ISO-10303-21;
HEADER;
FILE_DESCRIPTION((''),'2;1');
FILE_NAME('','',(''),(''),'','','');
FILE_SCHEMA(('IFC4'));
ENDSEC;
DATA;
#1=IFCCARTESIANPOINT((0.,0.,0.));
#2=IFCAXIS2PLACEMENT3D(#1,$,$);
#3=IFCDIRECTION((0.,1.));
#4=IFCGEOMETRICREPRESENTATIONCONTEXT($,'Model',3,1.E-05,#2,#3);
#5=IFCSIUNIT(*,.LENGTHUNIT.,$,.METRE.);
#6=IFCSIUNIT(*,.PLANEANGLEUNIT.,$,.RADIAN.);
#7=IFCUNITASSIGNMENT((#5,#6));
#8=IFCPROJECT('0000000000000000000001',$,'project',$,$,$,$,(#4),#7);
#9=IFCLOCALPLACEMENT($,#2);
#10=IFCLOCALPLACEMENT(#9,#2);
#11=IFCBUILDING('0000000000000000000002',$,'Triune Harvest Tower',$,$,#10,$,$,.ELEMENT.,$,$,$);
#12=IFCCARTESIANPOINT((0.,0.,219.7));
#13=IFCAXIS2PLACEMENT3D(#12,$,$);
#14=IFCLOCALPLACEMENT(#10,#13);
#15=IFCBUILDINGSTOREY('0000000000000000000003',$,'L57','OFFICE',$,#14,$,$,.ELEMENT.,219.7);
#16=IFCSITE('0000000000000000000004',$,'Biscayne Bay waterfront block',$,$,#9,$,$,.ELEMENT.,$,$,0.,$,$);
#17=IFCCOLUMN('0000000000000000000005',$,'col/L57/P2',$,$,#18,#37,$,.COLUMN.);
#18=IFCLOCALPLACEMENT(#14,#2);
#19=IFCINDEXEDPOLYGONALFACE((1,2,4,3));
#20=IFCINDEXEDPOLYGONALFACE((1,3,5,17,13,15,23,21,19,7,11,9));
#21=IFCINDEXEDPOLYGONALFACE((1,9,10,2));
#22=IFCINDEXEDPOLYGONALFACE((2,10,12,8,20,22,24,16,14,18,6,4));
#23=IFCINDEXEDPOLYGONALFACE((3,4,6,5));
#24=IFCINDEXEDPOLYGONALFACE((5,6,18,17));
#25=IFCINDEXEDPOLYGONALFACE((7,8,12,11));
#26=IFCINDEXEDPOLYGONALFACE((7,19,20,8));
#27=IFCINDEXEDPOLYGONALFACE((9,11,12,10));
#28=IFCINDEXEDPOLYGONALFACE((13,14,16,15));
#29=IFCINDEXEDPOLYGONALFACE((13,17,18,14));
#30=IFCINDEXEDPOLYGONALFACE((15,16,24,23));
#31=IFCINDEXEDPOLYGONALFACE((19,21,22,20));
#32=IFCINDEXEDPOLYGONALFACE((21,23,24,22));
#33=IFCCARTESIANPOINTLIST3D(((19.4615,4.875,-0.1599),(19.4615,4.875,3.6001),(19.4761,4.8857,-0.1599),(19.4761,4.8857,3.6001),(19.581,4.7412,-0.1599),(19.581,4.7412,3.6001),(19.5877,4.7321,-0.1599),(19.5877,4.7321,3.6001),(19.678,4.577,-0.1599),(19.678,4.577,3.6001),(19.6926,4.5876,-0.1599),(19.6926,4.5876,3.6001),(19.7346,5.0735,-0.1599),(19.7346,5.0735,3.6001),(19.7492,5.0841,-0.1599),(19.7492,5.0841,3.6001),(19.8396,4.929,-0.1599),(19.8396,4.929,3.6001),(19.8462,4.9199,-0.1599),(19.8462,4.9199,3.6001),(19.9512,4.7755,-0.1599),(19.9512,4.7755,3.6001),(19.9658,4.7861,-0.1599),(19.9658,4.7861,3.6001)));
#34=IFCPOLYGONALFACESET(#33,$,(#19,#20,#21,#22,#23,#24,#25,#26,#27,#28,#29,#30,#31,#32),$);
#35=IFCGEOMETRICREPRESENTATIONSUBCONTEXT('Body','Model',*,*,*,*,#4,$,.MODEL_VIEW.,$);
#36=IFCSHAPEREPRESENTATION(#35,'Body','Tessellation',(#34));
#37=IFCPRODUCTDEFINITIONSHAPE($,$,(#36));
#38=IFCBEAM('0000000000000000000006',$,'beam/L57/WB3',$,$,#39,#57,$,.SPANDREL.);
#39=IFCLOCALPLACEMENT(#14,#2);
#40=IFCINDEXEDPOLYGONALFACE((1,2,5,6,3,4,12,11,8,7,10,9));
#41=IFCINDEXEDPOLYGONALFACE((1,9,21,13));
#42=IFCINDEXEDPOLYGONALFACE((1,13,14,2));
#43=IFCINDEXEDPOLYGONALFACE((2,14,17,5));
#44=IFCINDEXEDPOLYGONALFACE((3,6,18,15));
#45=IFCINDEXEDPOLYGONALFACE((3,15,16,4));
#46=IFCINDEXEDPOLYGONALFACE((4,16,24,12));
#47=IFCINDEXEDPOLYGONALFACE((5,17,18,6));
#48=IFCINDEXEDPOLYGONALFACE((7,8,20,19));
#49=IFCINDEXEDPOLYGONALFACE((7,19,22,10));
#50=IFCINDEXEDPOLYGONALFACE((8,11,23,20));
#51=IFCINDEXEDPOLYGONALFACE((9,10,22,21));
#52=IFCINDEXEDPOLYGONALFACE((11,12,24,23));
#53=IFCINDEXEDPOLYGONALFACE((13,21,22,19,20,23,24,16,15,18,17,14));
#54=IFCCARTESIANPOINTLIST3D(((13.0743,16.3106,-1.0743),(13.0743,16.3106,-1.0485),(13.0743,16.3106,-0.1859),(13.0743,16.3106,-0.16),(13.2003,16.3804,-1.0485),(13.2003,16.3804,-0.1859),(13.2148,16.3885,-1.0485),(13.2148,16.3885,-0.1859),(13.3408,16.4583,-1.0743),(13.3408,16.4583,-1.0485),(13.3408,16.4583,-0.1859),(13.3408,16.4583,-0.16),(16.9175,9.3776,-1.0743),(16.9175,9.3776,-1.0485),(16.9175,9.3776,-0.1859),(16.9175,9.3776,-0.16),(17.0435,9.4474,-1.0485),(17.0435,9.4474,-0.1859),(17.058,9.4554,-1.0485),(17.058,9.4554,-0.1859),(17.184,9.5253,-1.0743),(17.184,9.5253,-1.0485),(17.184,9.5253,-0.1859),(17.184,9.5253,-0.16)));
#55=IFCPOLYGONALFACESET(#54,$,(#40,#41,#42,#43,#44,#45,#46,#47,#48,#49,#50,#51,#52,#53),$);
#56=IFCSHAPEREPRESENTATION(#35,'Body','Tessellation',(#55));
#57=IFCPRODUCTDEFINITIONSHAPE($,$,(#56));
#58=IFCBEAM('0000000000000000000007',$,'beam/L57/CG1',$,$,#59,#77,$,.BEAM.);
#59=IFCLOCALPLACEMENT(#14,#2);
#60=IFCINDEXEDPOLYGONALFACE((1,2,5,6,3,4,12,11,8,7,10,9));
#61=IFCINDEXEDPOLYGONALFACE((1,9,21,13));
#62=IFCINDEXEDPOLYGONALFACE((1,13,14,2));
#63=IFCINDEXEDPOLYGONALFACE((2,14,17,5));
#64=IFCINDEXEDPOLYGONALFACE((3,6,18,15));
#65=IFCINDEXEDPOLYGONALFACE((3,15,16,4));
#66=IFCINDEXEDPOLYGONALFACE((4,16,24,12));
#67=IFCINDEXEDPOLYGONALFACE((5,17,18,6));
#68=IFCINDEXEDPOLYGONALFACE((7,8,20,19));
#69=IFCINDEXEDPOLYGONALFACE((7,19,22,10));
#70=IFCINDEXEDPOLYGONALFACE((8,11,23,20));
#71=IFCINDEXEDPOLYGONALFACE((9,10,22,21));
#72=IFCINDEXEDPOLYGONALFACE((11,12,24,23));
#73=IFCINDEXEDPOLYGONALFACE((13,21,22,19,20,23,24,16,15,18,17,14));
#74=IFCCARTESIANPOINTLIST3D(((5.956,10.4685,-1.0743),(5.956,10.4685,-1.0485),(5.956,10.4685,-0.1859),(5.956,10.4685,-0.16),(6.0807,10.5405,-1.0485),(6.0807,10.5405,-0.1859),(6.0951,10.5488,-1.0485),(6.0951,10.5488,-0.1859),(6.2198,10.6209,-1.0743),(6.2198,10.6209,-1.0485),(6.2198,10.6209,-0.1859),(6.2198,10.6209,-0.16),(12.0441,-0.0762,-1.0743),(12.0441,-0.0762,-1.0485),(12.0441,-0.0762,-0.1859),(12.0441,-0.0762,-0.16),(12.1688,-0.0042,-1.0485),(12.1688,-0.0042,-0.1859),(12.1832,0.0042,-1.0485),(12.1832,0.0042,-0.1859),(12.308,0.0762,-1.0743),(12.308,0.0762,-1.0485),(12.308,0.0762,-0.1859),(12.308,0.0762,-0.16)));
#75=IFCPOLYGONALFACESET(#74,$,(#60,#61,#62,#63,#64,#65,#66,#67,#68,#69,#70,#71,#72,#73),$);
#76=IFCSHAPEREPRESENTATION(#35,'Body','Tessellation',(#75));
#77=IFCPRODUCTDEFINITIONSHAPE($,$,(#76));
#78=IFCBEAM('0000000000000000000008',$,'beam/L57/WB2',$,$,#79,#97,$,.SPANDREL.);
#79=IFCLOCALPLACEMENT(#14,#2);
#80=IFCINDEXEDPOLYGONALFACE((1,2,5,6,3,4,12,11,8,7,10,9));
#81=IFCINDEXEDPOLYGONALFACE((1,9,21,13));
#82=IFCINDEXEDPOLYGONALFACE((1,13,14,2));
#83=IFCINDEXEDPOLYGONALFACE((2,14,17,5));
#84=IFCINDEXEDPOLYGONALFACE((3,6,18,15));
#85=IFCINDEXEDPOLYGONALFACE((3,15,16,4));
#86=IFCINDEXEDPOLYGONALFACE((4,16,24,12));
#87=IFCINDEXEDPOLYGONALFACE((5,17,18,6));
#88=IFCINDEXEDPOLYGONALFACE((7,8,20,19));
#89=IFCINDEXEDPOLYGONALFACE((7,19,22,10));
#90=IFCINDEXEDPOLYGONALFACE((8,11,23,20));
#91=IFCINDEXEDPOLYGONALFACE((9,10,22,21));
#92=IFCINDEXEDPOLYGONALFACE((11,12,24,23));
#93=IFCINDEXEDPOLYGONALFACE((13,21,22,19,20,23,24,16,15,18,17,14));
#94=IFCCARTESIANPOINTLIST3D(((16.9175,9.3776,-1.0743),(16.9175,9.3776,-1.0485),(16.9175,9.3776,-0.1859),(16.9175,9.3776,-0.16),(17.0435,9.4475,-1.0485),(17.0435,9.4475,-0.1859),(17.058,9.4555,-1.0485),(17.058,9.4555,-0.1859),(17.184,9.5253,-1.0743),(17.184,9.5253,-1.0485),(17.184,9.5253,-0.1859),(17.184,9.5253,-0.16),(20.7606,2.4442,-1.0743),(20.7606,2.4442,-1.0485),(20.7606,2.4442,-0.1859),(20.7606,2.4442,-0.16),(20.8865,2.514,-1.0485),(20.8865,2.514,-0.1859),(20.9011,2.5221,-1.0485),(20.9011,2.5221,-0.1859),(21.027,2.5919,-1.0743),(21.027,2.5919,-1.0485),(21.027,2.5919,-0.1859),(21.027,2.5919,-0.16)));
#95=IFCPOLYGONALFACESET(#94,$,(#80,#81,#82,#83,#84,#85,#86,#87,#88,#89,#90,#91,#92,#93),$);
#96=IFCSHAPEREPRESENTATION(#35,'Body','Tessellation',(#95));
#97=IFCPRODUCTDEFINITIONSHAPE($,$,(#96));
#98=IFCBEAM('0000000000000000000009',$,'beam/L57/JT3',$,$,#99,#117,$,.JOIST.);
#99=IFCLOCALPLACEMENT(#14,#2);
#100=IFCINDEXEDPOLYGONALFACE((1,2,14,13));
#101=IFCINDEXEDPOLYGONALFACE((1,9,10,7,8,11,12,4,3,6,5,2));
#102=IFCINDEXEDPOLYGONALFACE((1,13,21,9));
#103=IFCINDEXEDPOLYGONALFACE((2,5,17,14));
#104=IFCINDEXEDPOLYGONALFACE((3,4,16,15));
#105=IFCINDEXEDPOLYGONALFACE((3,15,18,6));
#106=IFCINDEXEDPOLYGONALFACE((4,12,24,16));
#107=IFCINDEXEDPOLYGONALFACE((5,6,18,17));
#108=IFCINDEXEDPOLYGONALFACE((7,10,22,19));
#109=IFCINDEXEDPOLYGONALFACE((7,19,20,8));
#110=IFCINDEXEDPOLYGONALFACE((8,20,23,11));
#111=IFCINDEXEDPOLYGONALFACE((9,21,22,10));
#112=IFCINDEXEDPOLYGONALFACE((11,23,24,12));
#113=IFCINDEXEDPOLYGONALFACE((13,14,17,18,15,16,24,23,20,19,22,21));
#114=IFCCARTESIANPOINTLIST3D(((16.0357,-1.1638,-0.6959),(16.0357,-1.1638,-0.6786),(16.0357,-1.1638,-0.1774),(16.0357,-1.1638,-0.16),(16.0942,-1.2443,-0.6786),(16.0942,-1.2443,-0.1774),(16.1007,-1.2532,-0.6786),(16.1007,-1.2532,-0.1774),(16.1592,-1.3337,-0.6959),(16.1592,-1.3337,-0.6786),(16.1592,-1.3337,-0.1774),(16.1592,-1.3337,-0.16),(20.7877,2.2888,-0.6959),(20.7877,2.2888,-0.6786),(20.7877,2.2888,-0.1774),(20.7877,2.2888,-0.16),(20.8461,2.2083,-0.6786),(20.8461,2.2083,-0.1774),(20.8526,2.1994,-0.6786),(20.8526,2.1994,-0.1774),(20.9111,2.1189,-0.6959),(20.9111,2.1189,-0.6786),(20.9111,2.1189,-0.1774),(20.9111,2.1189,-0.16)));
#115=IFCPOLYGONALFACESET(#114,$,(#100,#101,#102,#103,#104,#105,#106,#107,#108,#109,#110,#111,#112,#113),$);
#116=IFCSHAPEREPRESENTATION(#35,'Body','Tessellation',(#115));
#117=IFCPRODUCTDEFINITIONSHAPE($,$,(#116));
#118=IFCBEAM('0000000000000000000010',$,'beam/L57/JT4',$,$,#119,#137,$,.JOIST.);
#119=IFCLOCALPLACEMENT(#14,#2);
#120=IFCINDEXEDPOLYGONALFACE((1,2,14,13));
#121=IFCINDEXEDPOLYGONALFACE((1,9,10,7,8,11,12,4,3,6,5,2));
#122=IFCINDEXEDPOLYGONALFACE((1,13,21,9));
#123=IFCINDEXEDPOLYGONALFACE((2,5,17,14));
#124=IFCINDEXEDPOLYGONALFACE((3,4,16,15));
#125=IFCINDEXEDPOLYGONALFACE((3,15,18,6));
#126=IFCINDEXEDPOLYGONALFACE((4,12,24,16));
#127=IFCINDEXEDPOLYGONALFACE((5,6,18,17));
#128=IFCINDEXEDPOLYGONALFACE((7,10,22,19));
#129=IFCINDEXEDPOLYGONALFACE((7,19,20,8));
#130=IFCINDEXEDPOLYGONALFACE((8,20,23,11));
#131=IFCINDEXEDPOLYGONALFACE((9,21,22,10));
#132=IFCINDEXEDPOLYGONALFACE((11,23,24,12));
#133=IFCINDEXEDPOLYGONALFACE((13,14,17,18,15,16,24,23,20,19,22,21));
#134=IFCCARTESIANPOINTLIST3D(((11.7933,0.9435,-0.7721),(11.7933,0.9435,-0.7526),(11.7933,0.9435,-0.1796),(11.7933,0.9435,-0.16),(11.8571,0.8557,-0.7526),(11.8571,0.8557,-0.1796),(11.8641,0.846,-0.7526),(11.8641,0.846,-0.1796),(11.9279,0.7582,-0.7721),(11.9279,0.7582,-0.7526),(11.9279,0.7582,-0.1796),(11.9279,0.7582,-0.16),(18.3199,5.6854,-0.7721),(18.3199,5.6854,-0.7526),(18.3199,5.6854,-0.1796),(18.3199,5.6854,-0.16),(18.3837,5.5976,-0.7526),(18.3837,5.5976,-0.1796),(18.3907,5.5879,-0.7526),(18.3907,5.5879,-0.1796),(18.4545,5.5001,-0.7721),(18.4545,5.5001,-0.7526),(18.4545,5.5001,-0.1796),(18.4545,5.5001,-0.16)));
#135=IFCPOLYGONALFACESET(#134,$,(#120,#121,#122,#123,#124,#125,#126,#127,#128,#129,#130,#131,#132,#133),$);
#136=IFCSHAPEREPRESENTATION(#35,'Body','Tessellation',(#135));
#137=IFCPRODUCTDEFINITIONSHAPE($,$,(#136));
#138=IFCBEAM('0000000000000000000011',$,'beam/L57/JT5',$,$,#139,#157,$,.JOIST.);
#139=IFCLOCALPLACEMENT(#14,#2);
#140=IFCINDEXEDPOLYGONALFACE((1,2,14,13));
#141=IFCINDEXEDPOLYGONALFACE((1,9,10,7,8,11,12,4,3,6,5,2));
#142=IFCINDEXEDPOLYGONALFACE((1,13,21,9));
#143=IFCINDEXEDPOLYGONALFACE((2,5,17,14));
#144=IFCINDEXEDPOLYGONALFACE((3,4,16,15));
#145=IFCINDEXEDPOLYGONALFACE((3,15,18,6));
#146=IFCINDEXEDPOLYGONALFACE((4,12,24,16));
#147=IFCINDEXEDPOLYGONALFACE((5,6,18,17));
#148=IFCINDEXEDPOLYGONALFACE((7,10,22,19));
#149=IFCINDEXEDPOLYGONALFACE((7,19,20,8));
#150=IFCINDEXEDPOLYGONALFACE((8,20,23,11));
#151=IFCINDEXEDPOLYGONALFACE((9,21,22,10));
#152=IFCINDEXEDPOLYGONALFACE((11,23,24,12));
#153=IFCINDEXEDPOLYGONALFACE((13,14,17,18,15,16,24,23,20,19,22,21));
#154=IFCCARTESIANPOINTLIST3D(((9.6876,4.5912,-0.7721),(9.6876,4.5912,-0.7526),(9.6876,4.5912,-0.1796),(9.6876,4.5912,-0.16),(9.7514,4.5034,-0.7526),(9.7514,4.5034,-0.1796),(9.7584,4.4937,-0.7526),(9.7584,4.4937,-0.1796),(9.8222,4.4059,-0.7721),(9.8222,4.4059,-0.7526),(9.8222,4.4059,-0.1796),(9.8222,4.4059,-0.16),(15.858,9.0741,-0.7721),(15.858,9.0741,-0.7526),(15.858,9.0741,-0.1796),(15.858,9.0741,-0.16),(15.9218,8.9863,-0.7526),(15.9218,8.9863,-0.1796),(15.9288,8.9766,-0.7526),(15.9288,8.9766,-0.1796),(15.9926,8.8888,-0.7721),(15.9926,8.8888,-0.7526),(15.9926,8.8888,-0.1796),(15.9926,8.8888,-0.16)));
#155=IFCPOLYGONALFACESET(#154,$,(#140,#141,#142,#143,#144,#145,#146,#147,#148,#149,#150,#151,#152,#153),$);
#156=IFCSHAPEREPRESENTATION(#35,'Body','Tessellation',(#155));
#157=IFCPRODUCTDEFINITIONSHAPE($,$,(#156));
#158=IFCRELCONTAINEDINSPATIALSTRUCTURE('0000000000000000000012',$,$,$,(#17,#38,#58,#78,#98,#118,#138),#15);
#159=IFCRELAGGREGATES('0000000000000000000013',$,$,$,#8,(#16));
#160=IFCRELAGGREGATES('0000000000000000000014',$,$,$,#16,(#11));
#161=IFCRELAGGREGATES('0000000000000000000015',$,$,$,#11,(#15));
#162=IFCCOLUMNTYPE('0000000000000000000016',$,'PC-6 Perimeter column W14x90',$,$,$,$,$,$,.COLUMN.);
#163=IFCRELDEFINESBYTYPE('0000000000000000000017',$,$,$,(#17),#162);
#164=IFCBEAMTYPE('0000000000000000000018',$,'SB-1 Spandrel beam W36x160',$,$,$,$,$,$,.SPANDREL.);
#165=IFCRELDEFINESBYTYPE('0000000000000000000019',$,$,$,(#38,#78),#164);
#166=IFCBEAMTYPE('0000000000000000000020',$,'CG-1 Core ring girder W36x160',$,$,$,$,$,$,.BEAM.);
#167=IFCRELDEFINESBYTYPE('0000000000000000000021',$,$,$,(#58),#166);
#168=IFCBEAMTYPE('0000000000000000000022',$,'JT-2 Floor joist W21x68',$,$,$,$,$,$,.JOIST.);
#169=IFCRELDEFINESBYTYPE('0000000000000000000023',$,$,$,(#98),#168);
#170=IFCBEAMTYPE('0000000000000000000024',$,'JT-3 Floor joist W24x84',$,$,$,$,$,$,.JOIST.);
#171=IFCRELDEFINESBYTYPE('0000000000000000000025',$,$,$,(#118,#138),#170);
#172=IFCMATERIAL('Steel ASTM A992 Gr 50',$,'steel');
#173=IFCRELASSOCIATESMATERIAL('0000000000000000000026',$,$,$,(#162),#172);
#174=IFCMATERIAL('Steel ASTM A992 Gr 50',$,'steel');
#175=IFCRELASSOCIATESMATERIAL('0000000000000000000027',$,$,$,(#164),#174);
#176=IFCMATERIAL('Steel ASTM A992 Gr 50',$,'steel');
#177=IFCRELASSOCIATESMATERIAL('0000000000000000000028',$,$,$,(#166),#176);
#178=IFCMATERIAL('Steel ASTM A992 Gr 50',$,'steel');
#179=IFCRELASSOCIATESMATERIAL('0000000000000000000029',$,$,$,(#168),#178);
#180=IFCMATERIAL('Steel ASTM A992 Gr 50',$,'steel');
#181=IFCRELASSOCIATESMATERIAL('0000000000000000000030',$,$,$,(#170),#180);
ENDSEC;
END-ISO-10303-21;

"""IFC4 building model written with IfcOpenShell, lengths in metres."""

from ifc_helpers import new_model, si_unit, direction, frame, origin, origin_2d, place, context, subcontext, project, spatial, i_section, extrude, source, transform, mapped, material, material_profile, profile_set, type_object, element, save


model = new_model("IFC4")

# Units and contexts
model_context = context("Model", 3, precision=1e-05, world=origin(), true_north=direction((0.0, 1.0)))
body_context = subcontext(model_context, "Body", "Model", "MODEL_VIEW")
ifc_project = project(units=[si_unit("LENGTHUNIT", "METRE"), si_unit("PLANEANGLEUNIT", "RADIAN")], contexts=[model_context])

# Site, building, storey
site_placement = place(None, origin())
site = spatial("IfcSite", under=ifc_project, at=site_placement, Name="Biscayne Bay waterfront block", CompositionType="ELEMENT", RefElevation=0.0)
building_placement = place(site_placement, origin())
building = spatial("IfcBuilding", under=site, at=building_placement, Name="Triune Harvest Tower", CompositionType="ELEMENT")
storey_placement = place(building_placement, frame((0.0, 0.0, 219.7)))
storey = spatial("IfcBuildingStorey", under=building, at=storey_placement, Name="L57", Description="OFFICE", CompositionType="ELEMENT", Elevation=219.7)

# Column
ifc_material_1 = material(Name="Steel ASTM A992 Gr 50", Category="steel")
ifc_material_profile_1 = material_profile(ifc_material_1, i_section(OverallWidth=0.3684, OverallDepth=0.3557, WebThickness=0.0112, FlangeThickness=0.0181, at=origin_2d()), Name="W14x90")
ifc_profile_set_1 = profile_set([ifc_material_profile_1], Name="Steel ASTM A992 Gr 50")
column_type = type_object("IfcColumnType", Name="PC-6 Perimeter column W14x90", PredefinedType="COLUMN", material=ifc_profile_set_1)
shared_shape_1 = source(origin(), body_context, "Body", "SweptSolid", [
    extrude(i_section(OverallWidth=0.3684, OverallDepth=0.3557, WebThickness=0.0112, FlangeThickness=0.0181, at=origin_2d()), origin(), (0.0, 0.0, 1.0), 3.76),
])
column_placement = place(storey_placement, frame((19.7136, 4.8306, -0.1599), z_axis=(0.0, 0.0, 1.0), x_axis=(-0.587785, 0.809017, 0.0)))
element("IfcColumn", 1, at=column_placement, inside=storey, type_object=column_type, Name="col/L57/P2", PredefinedType="COLUMN", context=body_context, shape_type="MappedRepresentation", body=[
    mapped(shared_shape_1, transform((0.0, 0.0, 0.0), scale=1.0)),
])

# Beams
ifc_material_2 = material(Name="Steel ASTM A992 Gr 50", Category="steel")
ifc_material_profile_2 = material_profile(ifc_material_2, i_section(OverallWidth=0.3047, OverallDepth=0.9143, WebThickness=0.0166, FlangeThickness=0.0259, at=origin_2d()), Name="W36x160")
ifc_profile_set_2 = profile_set([ifc_material_profile_2], Name="Steel ASTM A992 Gr 50")
beam_type_1 = type_object("IfcBeamType", Name="SB-1 Spandrel beam W36x160", PredefinedType="SPANDREL", material=ifc_profile_set_2)
beam_1_placement = place(storey_placement, frame((17.0508, 9.4514, -0.6172), z_axis=(-0.484827, 0.87461, 0.0), x_axis=(-0.87461, -0.484827, 0.0)))
element("IfcBeam", 2, at=beam_1_placement, inside=storey, type_object=beam_type_1, Name="beam/L57/WB3", PredefinedType="SPANDREL", context=body_context, shape_type="SweptSolid", body=[
    extrude(i_section(OverallWidth=0.3047, OverallDepth=0.9143, WebThickness=0.0166, FlangeThickness=0.0259, at=origin_2d()), origin(), (0.0, 0.0, 1.0), 7.927),
])
ifc_material_3 = material(Name="Steel ASTM A992 Gr 50", Category="steel")
ifc_material_profile_3 = material_profile(ifc_material_3, i_section(OverallWidth=0.3047, OverallDepth=0.9143, WebThickness=0.0166, FlangeThickness=0.0259, at=origin_2d()), Name="W36x160")
ifc_profile_set_3 = profile_set([ifc_material_profile_3], Name="Steel ASTM A992 Gr 50")
beam_type_2 = type_object("IfcBeamType", Name="CG-1 Core ring girder W36x160", PredefinedType="BEAM", material=ifc_profile_set_3)
shared_shape_2 = source(origin(), body_context, "Body", "SweptSolid", [
    extrude(i_section(OverallWidth=0.3047, OverallDepth=0.9143, WebThickness=0.0166, FlangeThickness=0.0259, at=origin_2d()), origin(), (0.0, 0.0, 1.0), 12.176),
])
beam_2_placement = place(storey_placement, frame((12.176, 0.0, -0.6172), z_axis=(-0.50001, 0.86602, 0.0), x_axis=(-0.86602, -0.50001, 0.0)))
element("IfcBeam", 3, at=beam_2_placement, inside=storey, type_object=beam_type_2, Name="beam/L57/CG1", PredefinedType="BEAM", context=body_context, shape_type="MappedRepresentation", body=[
    mapped(shared_shape_2, transform((0.0, 0.0, 0.0), scale=1.0)),
])
shared_shape_3 = source(origin(), body_context, "Body", "SweptSolid", [
    extrude(i_section(OverallWidth=0.3047, OverallDepth=0.9143, WebThickness=0.0166, FlangeThickness=0.0259, at=origin_2d()), origin(), (0.0, 0.0, 1.0), 7.9272),
])
beam_3_placement = place(storey_placement, frame((20.8938, 2.5181, -0.6172), z_axis=(-0.48479, 0.87463, 0.0), x_axis=(-0.87463, -0.48479, 0.0)))
element("IfcBeam", 4, at=beam_3_placement, inside=storey, type_object=beam_type_1, Name="beam/L57/WB2", PredefinedType="SPANDREL", context=body_context, shape_type="MappedRepresentation", body=[
    mapped(shared_shape_3, transform((0.0, 0.0, 0.0), scale=1.0)),
])
ifc_material_4 = material(Name="Steel ASTM A992 Gr 50", Category="steel")
ifc_material_profile_4 = material_profile(ifc_material_4, i_section(OverallWidth=0.21, OverallDepth=0.5359, WebThickness=0.011, FlangeThickness=0.0173, at=origin_2d()), Name="W21x68")
ifc_profile_set_4 = profile_set([ifc_material_profile_4], Name="Steel ASTM A992 Gr 50")
beam_type_3 = type_object("IfcBeamType", Name="JT-2 Floor joist W21x68", PredefinedType="JOIST", material=ifc_profile_set_4)
shared_shape_4 = source(origin(), body_context, "Body", "SweptSolid", [
    extrude(i_section(OverallWidth=0.21, OverallDepth=0.5359, WebThickness=0.011, FlangeThickness=0.0173, at=origin_2d()), origin(), (0.0, 0.0, 1.0), 5.8738),
])
beam_4_placement = place(storey_placement, frame((20.8494, 2.2039, -0.428), z_axis=(-0.809006, -0.587801, 0.0), x_axis=(0.587801, -0.809006, 0.0)))
element("IfcBeam", 5, at=beam_4_placement, inside=storey, type_object=beam_type_3, Name="beam/L57/JT3", PredefinedType="JOIST", context=body_context, shape_type="MappedRepresentation", body=[
    mapped(shared_shape_4, transform((0.0, 0.0, 0.0), scale=1.0)),
])
ifc_material_5 = material(Name="Steel ASTM A992 Gr 50", Category="steel")
ifc_material_profile_5 = material_profile(ifc_material_5, i_section(OverallWidth=0.229, OverallDepth=0.6121, WebThickness=0.012, FlangeThickness=0.0195, at=origin_2d()), Name="W24x84")
ifc_profile_set_5 = profile_set([ifc_material_profile_5], Name="Steel ASTM A992 Gr 50")
beam_type_4 = type_object("IfcBeamType", Name="JT-3 Floor joist W24x84", PredefinedType="JOIST", material=ifc_profile_set_5)
shared_shape_5 = source(origin(), body_context, "Body", "SweptSolid", [
    extrude(i_section(OverallWidth=0.229, OverallDepth=0.6121, WebThickness=0.012, FlangeThickness=0.0195, at=origin_2d()), origin(), (0.0, 0.0, 1.0), 8.0674),
])
beam_5_placement = place(storey_placement, frame((18.3872, 5.5928, -0.4661), z_axis=(-0.809012, -0.587792, 0.0), x_axis=(0.587792, -0.809012, 0.0)))
element("IfcBeam", 6, at=beam_5_placement, inside=storey, type_object=beam_type_4, Name="beam/L57/JT4", PredefinedType="JOIST", context=body_context, shape_type="MappedRepresentation", body=[
    mapped(shared_shape_5, transform((0.0, 0.0, 0.0), scale=1.0)),
])
shared_shape_6 = source(origin(), body_context, "Body", "SweptSolid", [
    extrude(i_section(OverallWidth=0.229, OverallDepth=0.6121, WebThickness=0.012, FlangeThickness=0.0195, at=origin_2d()), origin(), (0.0, 0.0, 1.0), 7.627),
])
beam_6_placement = place(storey_placement, frame((15.9253, 8.9814, -0.4661), z_axis=(-0.809027, -0.587772, 0.0), x_axis=(0.587772, -0.809027, 0.0)))
element("IfcBeam", 7, at=beam_6_placement, inside=storey, type_object=beam_type_4, Name="beam/L57/JT5", PredefinedType="JOIST", context=body_context, shape_type="MappedRepresentation", body=[
    mapped(shared_shape_6, transform((0.0, 0.0, 0.0), scale=1.0)),
])

save(model, "model.ifc")
